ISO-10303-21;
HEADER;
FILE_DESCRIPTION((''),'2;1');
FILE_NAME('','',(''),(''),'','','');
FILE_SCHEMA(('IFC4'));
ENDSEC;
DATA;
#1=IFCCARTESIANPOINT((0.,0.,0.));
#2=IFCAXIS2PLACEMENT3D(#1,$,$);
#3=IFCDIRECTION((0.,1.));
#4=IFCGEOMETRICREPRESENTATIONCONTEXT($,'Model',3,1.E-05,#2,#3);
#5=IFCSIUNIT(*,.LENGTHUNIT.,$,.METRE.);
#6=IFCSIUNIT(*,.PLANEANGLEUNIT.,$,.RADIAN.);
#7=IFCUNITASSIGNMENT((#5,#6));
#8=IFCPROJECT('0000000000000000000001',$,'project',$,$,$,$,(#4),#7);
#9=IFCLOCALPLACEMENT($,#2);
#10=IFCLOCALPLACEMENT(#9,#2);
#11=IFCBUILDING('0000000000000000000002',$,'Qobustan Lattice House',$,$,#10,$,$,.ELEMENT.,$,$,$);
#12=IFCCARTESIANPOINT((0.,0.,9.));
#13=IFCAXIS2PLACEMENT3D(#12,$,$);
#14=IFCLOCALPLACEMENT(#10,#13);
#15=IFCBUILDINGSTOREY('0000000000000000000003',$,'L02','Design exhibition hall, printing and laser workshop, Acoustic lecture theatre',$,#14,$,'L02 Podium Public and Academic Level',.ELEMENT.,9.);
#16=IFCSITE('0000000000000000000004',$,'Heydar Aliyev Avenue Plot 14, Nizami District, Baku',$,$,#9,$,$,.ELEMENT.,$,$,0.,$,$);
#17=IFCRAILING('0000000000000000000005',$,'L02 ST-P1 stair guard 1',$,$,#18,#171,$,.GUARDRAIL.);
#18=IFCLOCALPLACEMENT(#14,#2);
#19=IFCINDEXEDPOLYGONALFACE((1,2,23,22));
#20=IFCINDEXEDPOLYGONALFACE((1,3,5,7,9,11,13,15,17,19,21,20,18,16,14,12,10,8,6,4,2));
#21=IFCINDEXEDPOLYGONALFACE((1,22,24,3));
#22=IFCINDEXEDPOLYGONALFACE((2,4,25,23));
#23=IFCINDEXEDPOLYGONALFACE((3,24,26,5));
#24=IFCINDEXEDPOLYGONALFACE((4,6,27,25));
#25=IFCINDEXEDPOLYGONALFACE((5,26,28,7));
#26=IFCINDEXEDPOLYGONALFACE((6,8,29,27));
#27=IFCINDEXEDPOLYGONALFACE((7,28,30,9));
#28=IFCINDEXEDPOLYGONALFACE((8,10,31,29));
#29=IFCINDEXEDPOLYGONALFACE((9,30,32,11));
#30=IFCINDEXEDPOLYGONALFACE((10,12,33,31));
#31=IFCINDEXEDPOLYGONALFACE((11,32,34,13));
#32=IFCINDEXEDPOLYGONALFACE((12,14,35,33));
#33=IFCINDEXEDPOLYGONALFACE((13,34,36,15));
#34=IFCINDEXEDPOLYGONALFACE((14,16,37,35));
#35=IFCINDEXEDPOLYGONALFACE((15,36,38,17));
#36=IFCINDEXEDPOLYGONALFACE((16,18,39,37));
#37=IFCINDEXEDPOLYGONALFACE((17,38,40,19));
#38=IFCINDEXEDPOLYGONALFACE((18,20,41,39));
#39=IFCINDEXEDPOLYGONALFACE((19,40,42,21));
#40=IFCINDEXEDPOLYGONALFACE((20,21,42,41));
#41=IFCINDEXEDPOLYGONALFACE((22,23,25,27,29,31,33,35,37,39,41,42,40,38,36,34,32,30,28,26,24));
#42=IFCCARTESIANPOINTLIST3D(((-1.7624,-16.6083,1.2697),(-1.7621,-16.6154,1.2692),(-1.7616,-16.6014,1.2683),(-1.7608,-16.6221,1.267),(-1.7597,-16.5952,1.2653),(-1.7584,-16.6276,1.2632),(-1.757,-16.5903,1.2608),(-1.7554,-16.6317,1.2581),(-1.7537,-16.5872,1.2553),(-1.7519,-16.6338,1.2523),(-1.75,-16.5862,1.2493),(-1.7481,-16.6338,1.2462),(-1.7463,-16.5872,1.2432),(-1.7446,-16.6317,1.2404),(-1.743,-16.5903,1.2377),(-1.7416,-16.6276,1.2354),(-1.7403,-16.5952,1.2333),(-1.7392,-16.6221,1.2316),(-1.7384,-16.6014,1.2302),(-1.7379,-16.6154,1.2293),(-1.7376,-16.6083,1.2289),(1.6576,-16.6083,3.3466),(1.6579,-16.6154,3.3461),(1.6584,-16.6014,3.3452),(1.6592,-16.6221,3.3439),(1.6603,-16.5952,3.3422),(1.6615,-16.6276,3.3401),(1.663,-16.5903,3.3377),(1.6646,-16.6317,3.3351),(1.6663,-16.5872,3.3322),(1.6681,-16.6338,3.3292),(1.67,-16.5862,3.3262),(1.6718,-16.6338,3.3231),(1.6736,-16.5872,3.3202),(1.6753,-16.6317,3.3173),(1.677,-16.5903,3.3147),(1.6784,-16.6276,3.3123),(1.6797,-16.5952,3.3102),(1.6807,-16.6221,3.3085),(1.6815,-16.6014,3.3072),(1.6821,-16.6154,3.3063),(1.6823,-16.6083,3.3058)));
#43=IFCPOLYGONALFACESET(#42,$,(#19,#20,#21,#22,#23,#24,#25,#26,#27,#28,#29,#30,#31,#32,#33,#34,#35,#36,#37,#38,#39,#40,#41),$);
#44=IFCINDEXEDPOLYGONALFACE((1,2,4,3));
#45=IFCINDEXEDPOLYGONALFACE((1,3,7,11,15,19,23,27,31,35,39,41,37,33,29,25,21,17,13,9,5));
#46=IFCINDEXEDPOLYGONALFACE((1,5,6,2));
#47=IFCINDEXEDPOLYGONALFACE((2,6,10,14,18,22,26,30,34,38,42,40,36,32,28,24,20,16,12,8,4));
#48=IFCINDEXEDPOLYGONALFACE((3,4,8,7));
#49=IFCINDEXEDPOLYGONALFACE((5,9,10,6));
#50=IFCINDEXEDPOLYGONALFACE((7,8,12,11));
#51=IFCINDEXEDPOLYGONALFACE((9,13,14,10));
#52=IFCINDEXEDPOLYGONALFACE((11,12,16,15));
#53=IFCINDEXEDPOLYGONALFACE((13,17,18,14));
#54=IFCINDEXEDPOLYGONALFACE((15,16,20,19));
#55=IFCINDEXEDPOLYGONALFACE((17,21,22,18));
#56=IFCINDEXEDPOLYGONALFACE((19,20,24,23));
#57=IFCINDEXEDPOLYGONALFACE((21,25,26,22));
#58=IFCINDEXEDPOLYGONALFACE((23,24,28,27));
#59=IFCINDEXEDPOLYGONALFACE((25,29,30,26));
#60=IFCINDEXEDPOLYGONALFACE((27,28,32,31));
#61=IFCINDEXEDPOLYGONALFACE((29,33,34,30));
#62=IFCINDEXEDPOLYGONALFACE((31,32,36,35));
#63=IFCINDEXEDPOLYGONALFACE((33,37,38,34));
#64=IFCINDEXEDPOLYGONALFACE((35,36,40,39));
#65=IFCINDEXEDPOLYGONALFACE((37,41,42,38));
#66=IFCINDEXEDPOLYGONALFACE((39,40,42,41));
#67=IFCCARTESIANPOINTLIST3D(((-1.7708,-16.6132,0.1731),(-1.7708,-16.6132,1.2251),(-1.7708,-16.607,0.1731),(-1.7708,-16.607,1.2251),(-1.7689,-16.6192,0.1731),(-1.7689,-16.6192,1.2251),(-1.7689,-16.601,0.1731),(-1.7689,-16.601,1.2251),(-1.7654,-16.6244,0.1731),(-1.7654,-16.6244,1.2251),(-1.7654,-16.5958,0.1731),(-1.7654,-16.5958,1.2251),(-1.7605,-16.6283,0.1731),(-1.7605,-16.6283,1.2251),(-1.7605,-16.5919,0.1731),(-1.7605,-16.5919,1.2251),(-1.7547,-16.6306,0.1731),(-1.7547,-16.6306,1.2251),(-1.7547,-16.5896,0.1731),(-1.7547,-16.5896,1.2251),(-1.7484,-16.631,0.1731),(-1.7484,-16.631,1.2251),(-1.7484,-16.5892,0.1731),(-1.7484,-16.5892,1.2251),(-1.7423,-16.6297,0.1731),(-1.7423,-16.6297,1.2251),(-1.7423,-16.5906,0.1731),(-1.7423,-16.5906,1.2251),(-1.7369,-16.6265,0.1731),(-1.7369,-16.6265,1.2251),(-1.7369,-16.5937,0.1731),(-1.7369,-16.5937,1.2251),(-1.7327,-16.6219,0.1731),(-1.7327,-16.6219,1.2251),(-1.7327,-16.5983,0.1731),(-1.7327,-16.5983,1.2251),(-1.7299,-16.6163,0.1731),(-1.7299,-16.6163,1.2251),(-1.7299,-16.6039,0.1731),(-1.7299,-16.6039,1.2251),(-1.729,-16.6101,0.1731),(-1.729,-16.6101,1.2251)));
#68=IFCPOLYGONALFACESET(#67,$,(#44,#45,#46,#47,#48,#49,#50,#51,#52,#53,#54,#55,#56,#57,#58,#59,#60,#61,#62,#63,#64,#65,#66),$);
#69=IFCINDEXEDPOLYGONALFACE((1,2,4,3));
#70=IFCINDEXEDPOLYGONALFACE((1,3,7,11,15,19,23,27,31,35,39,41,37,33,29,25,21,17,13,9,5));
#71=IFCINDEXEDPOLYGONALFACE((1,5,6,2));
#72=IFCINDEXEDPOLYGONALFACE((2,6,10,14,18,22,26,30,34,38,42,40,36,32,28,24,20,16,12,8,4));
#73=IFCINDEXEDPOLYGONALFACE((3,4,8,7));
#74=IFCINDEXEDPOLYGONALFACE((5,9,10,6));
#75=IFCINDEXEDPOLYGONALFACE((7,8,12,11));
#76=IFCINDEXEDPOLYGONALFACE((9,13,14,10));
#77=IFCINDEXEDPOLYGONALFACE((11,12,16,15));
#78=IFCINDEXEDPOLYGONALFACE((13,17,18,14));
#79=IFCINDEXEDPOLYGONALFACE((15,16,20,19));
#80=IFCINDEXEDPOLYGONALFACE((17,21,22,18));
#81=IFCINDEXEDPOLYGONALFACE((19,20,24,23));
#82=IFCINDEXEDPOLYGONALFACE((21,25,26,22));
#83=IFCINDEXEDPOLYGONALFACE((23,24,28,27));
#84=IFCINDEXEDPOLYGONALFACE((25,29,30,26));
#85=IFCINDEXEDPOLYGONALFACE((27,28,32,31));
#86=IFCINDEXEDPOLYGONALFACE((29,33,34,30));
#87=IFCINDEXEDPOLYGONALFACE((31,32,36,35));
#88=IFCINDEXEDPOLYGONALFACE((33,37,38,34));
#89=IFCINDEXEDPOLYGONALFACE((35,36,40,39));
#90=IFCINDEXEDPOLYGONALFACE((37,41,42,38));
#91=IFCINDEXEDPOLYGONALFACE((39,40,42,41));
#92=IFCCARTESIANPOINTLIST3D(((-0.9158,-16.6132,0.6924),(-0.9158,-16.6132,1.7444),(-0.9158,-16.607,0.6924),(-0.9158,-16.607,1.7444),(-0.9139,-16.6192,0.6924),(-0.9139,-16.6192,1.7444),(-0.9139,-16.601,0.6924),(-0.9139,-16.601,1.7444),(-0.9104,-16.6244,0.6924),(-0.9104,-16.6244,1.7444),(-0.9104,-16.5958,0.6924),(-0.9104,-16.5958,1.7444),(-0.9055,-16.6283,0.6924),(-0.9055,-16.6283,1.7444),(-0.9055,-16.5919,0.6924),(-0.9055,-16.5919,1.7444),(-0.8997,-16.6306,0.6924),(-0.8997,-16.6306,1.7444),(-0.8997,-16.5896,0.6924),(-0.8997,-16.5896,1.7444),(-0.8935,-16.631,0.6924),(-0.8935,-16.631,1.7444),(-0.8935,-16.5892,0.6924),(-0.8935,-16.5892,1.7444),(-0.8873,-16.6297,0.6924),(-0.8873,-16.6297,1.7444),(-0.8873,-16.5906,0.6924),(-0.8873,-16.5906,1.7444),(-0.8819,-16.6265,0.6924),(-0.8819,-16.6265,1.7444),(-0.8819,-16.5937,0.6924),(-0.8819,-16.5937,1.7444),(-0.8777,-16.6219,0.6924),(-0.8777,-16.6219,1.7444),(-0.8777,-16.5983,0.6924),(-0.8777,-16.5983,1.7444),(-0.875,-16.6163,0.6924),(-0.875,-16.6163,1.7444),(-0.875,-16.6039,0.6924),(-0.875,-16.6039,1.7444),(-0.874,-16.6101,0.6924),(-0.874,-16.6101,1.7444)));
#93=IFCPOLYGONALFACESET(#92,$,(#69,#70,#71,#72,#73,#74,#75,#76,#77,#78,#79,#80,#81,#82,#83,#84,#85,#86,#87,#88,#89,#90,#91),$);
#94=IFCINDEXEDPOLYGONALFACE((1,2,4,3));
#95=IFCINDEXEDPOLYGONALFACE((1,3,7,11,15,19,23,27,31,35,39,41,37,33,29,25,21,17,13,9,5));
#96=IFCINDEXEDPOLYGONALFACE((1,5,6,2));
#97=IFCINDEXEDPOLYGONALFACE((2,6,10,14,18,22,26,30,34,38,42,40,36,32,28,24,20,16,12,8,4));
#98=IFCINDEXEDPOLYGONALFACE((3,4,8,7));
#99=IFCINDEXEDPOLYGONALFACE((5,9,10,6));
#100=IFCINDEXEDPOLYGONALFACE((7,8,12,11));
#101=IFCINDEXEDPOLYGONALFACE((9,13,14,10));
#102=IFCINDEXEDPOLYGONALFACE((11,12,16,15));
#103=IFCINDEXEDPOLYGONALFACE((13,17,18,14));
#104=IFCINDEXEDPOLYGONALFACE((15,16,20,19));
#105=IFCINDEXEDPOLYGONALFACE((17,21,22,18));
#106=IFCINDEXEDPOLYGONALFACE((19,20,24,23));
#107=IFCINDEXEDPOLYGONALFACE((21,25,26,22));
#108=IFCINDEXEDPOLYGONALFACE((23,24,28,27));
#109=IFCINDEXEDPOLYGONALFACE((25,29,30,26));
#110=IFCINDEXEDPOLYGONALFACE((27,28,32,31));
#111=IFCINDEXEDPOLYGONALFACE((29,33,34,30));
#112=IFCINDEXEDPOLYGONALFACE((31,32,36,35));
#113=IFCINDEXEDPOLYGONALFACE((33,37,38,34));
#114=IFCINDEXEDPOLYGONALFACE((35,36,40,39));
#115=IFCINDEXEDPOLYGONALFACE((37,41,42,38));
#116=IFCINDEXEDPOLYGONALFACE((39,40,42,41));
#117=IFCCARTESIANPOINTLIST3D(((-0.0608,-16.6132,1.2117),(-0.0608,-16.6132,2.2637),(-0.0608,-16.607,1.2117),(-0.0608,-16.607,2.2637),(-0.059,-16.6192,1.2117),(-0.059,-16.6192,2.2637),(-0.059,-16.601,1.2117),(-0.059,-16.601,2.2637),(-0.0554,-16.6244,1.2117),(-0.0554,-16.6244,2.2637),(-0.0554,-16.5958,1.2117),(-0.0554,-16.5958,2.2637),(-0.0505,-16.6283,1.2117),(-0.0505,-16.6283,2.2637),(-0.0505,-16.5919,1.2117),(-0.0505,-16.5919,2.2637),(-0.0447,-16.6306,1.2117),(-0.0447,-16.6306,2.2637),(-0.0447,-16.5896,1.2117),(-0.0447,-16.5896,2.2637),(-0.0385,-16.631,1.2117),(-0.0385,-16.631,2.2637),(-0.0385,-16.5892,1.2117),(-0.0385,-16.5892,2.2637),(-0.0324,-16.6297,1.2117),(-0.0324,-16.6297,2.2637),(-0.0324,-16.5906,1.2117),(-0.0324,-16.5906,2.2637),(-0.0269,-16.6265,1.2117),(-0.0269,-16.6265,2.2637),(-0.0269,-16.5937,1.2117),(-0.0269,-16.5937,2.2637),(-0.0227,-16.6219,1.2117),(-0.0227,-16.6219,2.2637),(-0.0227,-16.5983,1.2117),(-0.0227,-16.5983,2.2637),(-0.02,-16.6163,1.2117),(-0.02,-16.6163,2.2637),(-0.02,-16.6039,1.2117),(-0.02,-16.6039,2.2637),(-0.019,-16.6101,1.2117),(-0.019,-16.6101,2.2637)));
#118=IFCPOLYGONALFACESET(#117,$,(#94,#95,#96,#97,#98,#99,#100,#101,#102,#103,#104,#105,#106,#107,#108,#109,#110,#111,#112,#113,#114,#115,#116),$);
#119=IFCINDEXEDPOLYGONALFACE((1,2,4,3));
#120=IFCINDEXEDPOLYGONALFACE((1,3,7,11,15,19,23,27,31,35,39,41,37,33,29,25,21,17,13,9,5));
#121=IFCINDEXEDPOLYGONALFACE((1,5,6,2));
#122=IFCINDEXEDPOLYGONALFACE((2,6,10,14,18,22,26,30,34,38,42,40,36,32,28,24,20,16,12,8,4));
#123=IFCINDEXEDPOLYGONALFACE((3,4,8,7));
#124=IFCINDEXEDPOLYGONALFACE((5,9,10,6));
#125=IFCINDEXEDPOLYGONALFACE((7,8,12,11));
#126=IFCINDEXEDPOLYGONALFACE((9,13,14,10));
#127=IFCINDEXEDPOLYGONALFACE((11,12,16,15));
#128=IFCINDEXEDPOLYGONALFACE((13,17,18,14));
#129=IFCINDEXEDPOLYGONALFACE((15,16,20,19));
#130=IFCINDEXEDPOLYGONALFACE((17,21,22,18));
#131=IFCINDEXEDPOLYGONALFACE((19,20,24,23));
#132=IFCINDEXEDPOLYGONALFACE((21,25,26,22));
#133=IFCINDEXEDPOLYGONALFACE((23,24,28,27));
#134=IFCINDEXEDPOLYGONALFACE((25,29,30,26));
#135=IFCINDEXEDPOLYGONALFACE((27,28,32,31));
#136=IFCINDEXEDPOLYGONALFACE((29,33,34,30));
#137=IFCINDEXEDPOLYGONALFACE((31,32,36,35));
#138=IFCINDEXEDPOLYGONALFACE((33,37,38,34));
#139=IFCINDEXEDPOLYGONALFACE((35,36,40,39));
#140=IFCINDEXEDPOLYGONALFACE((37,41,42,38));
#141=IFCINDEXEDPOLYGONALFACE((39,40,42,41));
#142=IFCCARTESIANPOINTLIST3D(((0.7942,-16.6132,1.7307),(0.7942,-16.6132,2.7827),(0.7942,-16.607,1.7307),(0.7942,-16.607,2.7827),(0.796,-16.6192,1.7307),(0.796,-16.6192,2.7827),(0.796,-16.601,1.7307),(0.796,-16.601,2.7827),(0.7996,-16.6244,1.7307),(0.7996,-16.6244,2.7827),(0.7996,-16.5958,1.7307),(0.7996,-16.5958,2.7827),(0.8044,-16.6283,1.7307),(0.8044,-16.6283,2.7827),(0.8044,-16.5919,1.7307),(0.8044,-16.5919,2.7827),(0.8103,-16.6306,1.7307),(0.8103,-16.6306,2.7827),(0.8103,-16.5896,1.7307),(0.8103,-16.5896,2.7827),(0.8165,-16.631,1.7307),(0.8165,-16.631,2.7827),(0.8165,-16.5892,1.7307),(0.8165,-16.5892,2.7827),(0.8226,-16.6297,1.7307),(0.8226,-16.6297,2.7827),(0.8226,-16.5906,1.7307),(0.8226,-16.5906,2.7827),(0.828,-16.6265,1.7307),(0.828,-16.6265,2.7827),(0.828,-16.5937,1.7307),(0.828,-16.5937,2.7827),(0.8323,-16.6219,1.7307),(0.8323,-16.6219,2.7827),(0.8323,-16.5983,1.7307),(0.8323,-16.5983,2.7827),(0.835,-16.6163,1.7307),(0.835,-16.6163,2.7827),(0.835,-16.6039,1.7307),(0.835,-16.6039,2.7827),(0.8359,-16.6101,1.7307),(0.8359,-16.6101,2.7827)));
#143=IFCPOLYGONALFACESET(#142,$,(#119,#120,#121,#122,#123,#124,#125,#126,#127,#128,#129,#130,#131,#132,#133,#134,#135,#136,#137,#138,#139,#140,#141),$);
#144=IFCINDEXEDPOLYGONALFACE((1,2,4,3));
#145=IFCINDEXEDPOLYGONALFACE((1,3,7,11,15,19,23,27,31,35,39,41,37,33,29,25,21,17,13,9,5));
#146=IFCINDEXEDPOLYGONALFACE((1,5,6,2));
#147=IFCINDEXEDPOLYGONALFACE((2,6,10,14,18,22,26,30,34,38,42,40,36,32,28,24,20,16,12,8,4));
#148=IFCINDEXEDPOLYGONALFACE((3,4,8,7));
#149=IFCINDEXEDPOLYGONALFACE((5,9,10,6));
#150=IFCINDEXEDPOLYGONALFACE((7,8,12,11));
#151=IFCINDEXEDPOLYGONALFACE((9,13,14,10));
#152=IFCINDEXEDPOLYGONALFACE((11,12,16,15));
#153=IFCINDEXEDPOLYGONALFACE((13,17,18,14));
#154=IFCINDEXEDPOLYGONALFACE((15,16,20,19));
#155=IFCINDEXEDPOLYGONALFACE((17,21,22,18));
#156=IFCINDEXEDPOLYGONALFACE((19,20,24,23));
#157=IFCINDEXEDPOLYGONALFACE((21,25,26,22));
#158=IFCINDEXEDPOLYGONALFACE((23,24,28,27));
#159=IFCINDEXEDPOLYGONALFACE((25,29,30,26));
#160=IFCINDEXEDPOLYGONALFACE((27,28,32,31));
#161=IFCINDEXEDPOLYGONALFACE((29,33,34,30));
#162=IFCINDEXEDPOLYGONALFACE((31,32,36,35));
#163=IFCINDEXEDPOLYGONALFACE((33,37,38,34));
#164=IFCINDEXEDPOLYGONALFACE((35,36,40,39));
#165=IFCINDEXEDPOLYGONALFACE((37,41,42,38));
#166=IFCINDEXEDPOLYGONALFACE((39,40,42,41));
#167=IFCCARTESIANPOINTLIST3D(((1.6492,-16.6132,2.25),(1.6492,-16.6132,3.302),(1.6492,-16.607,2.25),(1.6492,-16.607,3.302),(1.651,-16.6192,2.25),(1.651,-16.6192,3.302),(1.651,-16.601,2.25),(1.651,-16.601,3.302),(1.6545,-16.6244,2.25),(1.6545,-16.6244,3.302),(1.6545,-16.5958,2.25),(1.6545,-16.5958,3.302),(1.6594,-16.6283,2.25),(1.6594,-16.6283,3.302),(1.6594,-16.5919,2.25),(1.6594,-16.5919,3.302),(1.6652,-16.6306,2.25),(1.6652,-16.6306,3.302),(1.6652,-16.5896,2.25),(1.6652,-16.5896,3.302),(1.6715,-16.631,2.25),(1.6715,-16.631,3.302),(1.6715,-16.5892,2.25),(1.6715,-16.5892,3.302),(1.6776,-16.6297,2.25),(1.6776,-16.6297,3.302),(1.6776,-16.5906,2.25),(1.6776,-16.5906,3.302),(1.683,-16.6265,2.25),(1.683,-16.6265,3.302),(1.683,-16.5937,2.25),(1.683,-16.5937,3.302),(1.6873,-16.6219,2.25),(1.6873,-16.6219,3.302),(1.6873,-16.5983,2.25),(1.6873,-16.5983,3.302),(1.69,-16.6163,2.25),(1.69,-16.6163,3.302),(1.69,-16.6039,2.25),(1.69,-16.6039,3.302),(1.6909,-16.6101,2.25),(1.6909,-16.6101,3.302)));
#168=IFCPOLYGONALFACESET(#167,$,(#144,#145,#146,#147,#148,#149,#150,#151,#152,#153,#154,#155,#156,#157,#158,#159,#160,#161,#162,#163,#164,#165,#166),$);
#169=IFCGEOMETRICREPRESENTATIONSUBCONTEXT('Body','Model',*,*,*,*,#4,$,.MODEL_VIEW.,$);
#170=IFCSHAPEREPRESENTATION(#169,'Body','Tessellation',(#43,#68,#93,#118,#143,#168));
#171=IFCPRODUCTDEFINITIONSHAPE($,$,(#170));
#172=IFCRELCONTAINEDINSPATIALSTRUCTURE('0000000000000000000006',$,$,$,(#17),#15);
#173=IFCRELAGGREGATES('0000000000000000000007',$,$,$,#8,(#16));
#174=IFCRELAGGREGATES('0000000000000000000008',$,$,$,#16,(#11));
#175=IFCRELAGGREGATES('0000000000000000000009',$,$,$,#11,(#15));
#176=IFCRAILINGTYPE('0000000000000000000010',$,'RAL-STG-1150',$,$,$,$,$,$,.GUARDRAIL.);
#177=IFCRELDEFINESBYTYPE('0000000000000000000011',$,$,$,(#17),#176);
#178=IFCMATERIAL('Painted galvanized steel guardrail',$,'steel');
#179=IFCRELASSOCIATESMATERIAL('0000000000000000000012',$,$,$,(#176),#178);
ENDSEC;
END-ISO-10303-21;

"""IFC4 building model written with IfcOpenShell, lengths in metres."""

from ifc_helpers import new_model, si_unit, direction, frame, origin, origin_2d, place, context, subcontext, project, spatial, circle, extrude, material, type_object, element, save


model = new_model("IFC4")

# Units and contexts
model_context = context("Model", 3, precision=1e-05, world=origin(), true_north=direction((0.0, 1.0)))
body_context = subcontext(model_context, "Body", "Model", "MODEL_VIEW")
ifc_project = project(units=[si_unit("LENGTHUNIT", "METRE"), si_unit("PLANEANGLEUNIT", "RADIAN")], contexts=[model_context])

# Site, building, storey
site_placement = place(None, origin())
site = spatial("IfcSite", under=ifc_project, at=site_placement, Name="Heydar Aliyev Avenue Plot 14, Nizami District, Baku", CompositionType="ELEMENT", RefElevation=0.0)
building_placement = place(site_placement, origin())
building = spatial("IfcBuilding", under=site, at=building_placement, Name="Qobustan Lattice House", CompositionType="ELEMENT")
storey_placement = place(building_placement, frame((0.0, 0.0, 9.0)))
storey = spatial("IfcBuildingStorey", under=building, at=storey_placement, Name="L02", Description="Design exhibition hall, printing and laser workshop, Acoustic lecture theatre", LongName="L02 Podium Public and Academic Level", CompositionType="ELEMENT", Elevation=9.0)

# Railing
ifc_material_1 = material(Name="Painted galvanized steel guardrail", Category="steel")
railing_type = type_object("IfcRailingType", Name="RAL-STG-1150", PredefinedType="GUARDRAIL", material=ifc_material_1)
railing_1_placement = place(storey_placement, frame((-1.75, -16.6101, 0.1731)))
element("IfcRailing", 1, at=railing_1_placement, inside=storey, type_object=railing_type, Name="L02 ST-P1 stair guard 1", PredefinedType="GUARDRAIL", context=body_context, shape_type="SweptSolid", body=[
    extrude(circle(Radius=0.0239, at=origin_2d()), frame((0.0, 0.0, 1.0762), z_axis=(0.85473, 0.0, 0.519074), x_axis=(0.0, 1.0, 0.0)), (0.0, 0.0, 1.0), 4.0012),
    extrude(circle(Radius=0.021, at=origin_2d()), origin(), (0.0, 0.0, 1.0), 1.052),
    extrude(circle(Radius=0.021, at=origin_2d()), frame((0.855, 0.0, 0.5193)), (0.0, 0.0, 1.0), 1.052),
    extrude(circle(Radius=0.021, at=origin_2d()), frame((1.71, 0.0, 1.0386)), (0.0, 0.0, 1.0), 1.052),
    extrude(circle(Radius=0.021, at=origin_2d()), frame((2.5649, 0.0, 1.5576)), (0.0, 0.0, 1.0), 1.052),
    extrude(circle(Radius=0.021, at=origin_2d()), frame((3.4199, 0.0, 2.0769)), (0.0, 0.0, 1.0), 1.052),
])

save(model, "model.ifc")
